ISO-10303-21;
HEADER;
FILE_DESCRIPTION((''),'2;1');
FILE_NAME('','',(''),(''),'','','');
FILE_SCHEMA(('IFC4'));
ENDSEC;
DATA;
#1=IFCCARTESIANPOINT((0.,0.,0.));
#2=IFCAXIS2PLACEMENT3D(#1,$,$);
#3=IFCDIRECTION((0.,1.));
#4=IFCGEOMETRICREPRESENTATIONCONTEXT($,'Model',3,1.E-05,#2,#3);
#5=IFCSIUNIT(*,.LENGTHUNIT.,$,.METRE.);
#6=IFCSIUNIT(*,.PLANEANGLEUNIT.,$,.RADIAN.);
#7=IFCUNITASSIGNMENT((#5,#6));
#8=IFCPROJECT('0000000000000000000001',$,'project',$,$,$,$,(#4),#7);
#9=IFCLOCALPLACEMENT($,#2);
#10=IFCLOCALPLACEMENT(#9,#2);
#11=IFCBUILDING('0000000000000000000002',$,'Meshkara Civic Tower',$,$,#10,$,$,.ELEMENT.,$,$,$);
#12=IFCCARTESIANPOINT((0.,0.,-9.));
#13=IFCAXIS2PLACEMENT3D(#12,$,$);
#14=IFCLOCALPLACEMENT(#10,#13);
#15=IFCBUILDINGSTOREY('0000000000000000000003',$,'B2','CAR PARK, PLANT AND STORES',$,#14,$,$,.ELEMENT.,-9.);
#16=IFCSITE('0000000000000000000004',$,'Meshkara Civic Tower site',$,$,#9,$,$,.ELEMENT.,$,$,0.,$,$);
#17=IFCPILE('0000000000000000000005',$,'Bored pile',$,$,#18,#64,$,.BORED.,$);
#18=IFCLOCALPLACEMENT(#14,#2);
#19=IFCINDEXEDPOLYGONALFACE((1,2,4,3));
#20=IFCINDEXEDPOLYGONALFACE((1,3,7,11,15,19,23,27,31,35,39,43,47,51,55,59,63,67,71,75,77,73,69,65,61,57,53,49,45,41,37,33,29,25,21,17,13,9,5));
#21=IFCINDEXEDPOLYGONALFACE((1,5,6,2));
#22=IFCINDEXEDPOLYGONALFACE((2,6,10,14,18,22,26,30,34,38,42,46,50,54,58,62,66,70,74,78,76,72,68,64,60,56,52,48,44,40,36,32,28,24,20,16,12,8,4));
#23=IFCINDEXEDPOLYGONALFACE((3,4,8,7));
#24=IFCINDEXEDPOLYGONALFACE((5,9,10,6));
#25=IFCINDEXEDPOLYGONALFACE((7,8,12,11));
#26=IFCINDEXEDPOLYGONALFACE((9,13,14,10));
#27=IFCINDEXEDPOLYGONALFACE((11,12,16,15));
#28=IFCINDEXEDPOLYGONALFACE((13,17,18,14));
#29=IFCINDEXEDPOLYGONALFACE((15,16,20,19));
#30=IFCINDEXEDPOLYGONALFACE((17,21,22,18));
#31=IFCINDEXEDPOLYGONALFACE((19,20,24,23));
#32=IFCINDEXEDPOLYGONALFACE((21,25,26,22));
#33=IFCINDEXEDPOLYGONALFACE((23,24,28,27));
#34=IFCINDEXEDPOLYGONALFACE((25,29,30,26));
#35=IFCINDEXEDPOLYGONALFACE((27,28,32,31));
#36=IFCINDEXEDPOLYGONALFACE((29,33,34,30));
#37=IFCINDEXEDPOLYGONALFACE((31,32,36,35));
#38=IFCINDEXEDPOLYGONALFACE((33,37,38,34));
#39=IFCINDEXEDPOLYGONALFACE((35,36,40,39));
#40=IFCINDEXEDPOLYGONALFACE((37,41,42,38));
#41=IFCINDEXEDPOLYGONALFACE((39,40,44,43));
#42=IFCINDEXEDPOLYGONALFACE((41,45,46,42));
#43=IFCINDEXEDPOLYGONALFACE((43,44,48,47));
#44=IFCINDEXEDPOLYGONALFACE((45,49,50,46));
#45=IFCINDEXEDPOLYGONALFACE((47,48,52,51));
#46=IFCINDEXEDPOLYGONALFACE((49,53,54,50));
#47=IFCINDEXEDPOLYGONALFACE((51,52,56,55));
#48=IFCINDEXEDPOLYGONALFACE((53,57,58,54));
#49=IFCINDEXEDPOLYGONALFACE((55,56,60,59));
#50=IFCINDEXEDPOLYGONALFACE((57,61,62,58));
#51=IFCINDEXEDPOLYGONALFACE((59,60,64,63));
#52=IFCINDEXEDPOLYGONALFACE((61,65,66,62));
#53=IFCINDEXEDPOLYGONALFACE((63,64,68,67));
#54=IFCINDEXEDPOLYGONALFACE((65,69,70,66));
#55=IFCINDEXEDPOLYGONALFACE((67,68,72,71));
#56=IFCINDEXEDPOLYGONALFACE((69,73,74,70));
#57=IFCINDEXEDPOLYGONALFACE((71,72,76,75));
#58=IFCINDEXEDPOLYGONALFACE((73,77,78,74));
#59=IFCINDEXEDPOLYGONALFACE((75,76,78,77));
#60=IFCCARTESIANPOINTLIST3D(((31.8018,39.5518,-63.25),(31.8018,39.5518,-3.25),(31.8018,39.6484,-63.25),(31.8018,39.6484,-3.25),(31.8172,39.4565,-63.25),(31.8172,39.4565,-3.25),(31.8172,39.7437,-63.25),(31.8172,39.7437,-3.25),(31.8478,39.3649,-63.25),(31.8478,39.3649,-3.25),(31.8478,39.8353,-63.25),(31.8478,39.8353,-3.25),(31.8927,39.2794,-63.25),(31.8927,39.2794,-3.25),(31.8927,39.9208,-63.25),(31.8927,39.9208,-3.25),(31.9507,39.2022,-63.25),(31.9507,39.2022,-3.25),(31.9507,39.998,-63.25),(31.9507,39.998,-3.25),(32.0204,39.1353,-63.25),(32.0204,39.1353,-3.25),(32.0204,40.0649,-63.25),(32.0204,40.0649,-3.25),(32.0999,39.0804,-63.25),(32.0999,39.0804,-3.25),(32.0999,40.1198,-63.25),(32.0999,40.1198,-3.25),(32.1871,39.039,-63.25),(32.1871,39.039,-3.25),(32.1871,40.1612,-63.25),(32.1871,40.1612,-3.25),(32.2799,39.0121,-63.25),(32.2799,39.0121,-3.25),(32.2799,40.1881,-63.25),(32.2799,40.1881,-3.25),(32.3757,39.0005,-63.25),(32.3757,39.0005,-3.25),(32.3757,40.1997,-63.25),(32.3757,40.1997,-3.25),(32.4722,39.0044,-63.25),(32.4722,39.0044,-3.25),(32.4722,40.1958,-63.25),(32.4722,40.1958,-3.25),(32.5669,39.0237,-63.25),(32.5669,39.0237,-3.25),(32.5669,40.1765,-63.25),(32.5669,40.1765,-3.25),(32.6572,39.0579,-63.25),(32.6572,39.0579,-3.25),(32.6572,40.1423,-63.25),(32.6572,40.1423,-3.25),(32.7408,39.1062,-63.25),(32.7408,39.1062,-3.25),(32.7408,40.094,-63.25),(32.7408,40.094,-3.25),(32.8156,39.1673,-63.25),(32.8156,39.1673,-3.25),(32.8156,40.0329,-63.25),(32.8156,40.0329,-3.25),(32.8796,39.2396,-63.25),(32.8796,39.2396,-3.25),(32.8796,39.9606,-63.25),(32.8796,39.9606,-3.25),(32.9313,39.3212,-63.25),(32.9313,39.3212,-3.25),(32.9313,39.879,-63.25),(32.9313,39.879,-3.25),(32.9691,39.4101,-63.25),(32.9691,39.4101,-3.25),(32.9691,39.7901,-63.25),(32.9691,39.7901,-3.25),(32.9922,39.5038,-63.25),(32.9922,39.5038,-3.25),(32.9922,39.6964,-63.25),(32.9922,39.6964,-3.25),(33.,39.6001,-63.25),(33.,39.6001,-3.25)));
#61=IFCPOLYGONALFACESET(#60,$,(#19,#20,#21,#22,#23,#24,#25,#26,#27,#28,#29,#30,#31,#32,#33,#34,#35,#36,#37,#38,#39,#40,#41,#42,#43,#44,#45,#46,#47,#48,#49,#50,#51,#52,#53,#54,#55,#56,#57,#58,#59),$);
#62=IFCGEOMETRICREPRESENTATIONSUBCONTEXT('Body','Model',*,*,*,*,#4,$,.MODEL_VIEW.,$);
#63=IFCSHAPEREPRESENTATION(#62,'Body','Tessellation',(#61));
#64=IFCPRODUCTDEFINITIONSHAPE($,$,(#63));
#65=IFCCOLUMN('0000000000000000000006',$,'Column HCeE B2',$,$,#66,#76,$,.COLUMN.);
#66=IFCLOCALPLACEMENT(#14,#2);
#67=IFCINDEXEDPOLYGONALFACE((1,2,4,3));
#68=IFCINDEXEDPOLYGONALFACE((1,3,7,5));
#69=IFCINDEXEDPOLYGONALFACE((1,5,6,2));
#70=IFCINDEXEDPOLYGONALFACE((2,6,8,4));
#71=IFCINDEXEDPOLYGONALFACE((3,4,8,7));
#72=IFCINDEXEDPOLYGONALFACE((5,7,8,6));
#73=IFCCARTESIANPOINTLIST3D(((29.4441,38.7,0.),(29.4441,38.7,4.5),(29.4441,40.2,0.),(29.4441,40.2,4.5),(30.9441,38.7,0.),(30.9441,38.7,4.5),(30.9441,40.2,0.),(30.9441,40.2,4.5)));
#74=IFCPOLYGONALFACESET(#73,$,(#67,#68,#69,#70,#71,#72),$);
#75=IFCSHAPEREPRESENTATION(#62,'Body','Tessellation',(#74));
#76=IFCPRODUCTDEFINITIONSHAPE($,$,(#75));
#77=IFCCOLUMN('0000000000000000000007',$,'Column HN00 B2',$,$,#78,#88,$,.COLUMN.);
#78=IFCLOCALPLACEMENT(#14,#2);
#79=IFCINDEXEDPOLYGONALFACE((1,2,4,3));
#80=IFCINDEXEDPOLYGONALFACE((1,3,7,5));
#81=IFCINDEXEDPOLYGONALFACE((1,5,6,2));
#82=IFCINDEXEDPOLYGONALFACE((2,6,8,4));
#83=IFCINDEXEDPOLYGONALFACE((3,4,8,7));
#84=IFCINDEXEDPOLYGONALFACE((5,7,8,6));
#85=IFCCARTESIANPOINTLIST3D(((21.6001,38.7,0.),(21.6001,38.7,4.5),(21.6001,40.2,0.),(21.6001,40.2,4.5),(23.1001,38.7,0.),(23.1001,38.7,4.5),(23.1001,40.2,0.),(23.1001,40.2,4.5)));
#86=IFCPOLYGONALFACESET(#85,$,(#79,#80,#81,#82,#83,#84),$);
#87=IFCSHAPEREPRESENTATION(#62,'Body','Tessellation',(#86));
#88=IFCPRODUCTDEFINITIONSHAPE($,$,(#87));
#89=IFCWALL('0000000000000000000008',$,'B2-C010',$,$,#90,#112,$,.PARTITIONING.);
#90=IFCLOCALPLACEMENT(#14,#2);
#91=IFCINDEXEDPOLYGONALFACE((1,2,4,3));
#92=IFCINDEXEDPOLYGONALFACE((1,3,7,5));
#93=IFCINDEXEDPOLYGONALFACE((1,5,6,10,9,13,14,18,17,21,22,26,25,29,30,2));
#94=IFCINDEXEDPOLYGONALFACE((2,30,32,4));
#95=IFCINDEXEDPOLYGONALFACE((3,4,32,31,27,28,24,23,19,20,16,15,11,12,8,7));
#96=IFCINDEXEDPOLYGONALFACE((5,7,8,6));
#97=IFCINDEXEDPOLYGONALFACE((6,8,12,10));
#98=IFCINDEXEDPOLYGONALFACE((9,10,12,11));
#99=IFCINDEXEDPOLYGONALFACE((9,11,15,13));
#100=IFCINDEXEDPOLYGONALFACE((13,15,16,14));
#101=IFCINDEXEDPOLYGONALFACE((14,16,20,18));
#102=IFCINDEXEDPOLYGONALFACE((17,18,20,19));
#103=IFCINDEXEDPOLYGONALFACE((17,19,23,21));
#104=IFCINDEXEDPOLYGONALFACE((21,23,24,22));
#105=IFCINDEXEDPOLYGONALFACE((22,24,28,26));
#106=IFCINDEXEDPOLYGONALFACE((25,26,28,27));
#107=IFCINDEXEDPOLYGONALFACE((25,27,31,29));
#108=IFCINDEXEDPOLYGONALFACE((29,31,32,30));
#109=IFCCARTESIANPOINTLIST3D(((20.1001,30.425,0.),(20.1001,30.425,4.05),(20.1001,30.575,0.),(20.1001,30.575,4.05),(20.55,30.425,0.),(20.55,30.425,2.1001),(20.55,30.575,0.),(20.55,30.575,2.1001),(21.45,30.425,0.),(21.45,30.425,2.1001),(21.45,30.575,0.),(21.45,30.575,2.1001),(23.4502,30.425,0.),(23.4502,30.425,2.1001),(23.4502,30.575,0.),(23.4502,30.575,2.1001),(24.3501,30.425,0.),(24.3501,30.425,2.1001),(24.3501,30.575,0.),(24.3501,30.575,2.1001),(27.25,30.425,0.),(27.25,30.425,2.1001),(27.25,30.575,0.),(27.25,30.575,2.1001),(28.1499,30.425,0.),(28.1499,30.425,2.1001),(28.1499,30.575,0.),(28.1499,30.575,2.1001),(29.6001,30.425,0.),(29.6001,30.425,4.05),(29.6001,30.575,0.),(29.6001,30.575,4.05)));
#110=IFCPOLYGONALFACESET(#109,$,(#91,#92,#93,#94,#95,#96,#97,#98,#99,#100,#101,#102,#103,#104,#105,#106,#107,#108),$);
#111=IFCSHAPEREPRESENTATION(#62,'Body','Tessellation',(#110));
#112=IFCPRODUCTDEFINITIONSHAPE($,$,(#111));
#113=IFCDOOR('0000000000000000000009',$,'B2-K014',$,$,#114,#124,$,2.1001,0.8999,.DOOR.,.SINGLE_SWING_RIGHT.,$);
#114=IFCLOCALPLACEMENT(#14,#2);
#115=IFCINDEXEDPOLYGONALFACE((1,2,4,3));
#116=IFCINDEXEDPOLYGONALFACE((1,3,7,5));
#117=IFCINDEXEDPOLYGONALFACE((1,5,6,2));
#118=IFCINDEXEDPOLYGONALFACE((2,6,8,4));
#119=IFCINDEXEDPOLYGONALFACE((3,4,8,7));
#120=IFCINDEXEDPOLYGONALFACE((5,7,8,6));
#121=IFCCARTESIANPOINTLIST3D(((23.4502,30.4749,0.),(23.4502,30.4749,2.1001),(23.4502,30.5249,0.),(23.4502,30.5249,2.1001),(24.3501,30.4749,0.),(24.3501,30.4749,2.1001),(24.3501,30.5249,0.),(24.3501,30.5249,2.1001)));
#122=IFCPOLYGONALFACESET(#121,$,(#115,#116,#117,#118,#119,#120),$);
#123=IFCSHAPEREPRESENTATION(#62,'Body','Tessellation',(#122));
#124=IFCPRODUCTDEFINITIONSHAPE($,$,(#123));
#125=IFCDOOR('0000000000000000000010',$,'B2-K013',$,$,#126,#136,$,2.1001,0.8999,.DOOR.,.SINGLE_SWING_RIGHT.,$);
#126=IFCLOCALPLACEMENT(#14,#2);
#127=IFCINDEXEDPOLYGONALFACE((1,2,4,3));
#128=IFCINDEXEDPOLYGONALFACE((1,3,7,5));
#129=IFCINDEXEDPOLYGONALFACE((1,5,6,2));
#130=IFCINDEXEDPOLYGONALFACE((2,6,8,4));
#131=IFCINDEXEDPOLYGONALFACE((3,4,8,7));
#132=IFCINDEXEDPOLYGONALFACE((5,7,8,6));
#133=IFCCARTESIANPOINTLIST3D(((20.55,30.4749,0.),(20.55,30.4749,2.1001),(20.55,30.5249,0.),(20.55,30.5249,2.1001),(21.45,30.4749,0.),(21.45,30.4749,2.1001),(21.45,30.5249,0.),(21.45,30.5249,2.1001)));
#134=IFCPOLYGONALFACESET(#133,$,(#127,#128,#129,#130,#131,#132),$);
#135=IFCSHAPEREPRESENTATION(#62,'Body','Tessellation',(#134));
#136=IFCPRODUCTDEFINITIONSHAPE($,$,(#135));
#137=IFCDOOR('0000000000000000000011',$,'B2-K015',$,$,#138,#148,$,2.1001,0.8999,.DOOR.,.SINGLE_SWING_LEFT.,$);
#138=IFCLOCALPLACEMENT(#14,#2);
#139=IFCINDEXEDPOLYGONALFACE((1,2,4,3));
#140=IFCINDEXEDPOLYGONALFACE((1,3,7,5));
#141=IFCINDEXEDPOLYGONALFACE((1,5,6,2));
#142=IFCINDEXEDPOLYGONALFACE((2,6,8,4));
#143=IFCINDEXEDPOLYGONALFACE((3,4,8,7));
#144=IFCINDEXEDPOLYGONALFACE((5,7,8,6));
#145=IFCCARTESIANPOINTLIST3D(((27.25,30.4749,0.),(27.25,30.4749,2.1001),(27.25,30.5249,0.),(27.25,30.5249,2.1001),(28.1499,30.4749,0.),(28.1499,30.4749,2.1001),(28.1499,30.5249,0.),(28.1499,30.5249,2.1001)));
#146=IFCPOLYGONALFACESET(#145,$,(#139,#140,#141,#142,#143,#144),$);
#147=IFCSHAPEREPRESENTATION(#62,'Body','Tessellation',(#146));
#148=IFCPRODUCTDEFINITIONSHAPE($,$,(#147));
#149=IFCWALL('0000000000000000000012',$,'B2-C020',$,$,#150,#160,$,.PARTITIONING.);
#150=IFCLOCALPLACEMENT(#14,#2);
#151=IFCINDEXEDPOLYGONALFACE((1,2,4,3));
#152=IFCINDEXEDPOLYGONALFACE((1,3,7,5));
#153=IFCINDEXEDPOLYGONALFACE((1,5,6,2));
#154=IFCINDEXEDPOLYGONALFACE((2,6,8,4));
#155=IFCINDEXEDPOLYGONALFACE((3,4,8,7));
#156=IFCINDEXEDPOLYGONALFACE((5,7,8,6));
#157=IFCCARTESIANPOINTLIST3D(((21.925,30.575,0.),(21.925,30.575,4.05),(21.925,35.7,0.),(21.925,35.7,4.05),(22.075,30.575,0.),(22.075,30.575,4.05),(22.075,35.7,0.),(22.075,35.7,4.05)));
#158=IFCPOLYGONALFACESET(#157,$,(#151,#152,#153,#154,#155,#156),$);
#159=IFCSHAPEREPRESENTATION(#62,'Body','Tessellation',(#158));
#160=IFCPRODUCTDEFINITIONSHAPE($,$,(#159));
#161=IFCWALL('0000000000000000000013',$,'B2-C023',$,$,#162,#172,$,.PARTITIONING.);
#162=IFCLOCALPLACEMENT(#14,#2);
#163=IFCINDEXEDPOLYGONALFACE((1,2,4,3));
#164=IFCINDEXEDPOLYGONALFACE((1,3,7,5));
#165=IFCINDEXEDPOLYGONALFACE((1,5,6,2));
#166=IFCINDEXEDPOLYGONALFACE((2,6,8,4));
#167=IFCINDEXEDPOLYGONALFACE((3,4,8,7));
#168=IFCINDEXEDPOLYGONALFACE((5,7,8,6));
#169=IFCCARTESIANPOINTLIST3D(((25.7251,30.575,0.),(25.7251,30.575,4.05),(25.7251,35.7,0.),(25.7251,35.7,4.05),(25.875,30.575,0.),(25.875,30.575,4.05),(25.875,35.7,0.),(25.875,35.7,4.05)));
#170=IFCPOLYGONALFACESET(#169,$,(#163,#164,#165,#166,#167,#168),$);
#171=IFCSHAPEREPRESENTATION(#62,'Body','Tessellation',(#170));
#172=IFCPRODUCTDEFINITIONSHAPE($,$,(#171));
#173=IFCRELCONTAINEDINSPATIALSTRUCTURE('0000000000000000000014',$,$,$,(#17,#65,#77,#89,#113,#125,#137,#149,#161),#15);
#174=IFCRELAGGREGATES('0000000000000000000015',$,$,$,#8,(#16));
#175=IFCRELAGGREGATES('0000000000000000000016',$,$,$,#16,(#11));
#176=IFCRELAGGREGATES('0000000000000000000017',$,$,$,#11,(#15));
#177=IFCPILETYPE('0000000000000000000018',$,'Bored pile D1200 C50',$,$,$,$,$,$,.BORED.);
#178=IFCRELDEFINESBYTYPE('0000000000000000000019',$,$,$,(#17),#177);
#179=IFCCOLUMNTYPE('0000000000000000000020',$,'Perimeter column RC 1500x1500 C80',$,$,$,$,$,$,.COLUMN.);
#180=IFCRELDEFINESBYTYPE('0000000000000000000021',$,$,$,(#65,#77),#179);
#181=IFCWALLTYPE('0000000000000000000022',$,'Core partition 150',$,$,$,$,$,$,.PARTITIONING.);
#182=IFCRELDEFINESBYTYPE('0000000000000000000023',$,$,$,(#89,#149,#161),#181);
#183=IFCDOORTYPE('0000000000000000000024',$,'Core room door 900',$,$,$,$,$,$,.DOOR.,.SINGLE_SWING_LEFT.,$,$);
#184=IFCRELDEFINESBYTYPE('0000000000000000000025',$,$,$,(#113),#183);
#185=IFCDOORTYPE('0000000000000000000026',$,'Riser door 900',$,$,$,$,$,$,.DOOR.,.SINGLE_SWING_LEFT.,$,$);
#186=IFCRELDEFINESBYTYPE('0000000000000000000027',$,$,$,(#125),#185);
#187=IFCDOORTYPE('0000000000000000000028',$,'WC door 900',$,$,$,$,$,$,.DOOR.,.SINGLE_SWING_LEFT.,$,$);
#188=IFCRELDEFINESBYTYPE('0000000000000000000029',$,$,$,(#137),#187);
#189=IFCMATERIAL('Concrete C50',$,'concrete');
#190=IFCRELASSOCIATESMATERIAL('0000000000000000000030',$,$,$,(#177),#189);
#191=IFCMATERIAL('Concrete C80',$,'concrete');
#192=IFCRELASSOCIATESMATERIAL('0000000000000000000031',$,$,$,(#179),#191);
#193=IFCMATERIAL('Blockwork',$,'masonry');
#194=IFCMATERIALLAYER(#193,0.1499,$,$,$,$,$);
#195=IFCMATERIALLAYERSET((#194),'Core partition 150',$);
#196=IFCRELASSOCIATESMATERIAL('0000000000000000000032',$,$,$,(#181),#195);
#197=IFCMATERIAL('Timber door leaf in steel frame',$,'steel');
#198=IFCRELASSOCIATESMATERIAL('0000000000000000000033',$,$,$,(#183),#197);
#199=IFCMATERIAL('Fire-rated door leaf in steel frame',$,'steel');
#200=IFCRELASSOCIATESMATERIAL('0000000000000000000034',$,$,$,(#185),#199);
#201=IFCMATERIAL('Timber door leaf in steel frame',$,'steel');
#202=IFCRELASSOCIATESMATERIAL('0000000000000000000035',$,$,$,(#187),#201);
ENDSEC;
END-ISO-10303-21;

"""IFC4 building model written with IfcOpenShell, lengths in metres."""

from ifc_helpers import new_model, si_unit, direction, frame, frame_2d, origin, origin_2d, place, context, subcontext, project, spatial, rectangle, circle, extrude, material, layer, layer_set, material_profile, profile_set, type_object, element, fill, save


model = new_model("IFC4")

# Units and contexts
model_context = context("Model", 3, precision=1e-05, world=origin(), true_north=direction((0.0, 1.0)))
body_context = subcontext(model_context, "Body", "Model", "MODEL_VIEW")
ifc_project = project(units=[si_unit("LENGTHUNIT", "METRE"), si_unit("PLANEANGLEUNIT", "RADIAN")], contexts=[model_context])

# Site, building, storey
site_placement = place(None, origin())
site = spatial("IfcSite", under=ifc_project, at=site_placement, Name="Meshkara Civic Tower site", CompositionType="ELEMENT", RefElevation=0.0)
building_placement = place(site_placement, origin())
building = spatial("IfcBuilding", under=site, at=building_placement, Name="Meshkara Civic Tower", CompositionType="ELEMENT")
storey_placement = place(building_placement, frame((0.0, 0.0, -9.0)))
storey = spatial("IfcBuildingStorey", under=building, at=storey_placement, Name="B2", Description="CAR PARK, PLANT AND STORES", CompositionType="ELEMENT", Elevation=-9.0)

# Pile
ifc_material_1 = material(Name="Concrete C50", Category="concrete")
ifc_material_profile_1 = material_profile(ifc_material_1, circle(Radius=0.6001, at=origin_2d()))
ifc_profile_set_1 = profile_set([ifc_material_profile_1], Name="Concrete C50")
pile_type = type_object("IfcPileType", Name="Bored pile D1200 C50", PredefinedType="BORED", material=ifc_profile_set_1)
for number, where, z_axis, x_axis, name in (
    (1, (32.3999, 39.6001, -3.25), (0.0, 0.0, -1.0), (1.0, 0.0, 0.0), "Bored pile"),
):
    element("IfcPile", number, at=place(storey_placement, frame(where, z_axis=z_axis, x_axis=x_axis)), inside=storey, type_object=pile_type, Name=name, PredefinedType="BORED", context=body_context, shape_type="SweptSolid", body=[
        extrude(circle(Radius=0.6001, at=origin_2d()), origin(), (0.0, 0.0, 1.0), 60.0),
    ])

# Columns
ifc_material_2 = material(Name="Concrete C80", Category="concrete")
ifc_material_profile_2 = material_profile(ifc_material_2, rectangle(XDim=1.5, YDim=1.5, at=origin_2d()))
ifc_profile_set_2 = profile_set([ifc_material_profile_2], Name="Concrete C80")
column_type = type_object("IfcColumnType", Name="Perimeter column RC 1500x1500 C80", PredefinedType="COLUMN", material=ifc_profile_set_2)
for number, where, z_axis, x_axis, name in (
    (2, (30.1941, 39.45, 0.0), (0.0, 0.0, 1.0), (1.0, 0.0, 0.0), "Column HCeE B2"),
    (3, (22.3501, 39.45, 0.0), (0.0, 0.0, 1.0), (1.0, 0.0, 0.0), "Column HN00 B2"),
):
    element("IfcColumn", number, at=place(storey_placement, frame(where, z_axis=z_axis, x_axis=x_axis)), inside=storey, type_object=column_type, Name=name, PredefinedType="COLUMN", context=body_context, shape_type="SweptSolid", body=[
        extrude(rectangle(XDim=1.5, YDim=1.5, at=origin_2d()), origin(), (0.0, 0.0, 1.0), 4.5),
    ])

# Wall, openings, doors
ifc_material_3 = material(Name="Blockwork", Category="masonry")
ifc_layer_1 = layer(ifc_material_3, 0.1499)
ifc_layer_set_1 = layer_set([ifc_layer_1], Name="Core partition 150")
wall_type_1 = type_object("IfcWallType", Name="Core partition 150", PredefinedType="PARTITIONING", material=ifc_layer_set_1)
wall_1_placement = place(storey_placement, frame((20.1001, 30.5, 0.0), z_axis=(0.0, 0.0, 1.0), x_axis=(1.0, 0.0, 0.0)))
wall_1 = element("IfcWall", 4, at=wall_1_placement, inside=storey, type_object=wall_type_1, Name="B2-C010", PredefinedType="PARTITIONING", context=body_context, shape_type="SweptSolid", body=[
    extrude(rectangle(XDim=9.5, YDim=0.1499, at=frame_2d((4.75, 0.0))), origin(), (0.0, 0.0, 1.0), 4.05),
])
opening_1_placement = place(wall_1_placement, frame((0.45, 0.0, 0.0)))
opening_1 = element("IfcOpeningElement", 5, at=opening_1_placement, cuts=wall_1, PredefinedType="OPENING", context=body_context, shape_type="SweptSolid", body=[
    extrude(rectangle(XDim=0.8999, YDim=2.1001, at=frame_2d((0.45, 1.05))), frame((0.0, 0.085, 0.0), z_axis=(0.0, -1.0, 0.0), x_axis=(1.0, 0.0, 0.0)), (0.0, 0.0, 1.0), 0.1699),
])
opening_2_placement = place(wall_1_placement, frame((3.3501, 0.0, 0.0)))
opening_2 = element("IfcOpeningElement", 6, at=opening_2_placement, cuts=wall_1, PredefinedType="OPENING", context=body_context, shape_type="SweptSolid", body=[
    extrude(rectangle(XDim=0.8999, YDim=2.1001, at=frame_2d((0.45, 1.05))), frame((0.0, 0.085, 0.0), z_axis=(0.0, -1.0, 0.0), x_axis=(1.0, 0.0, 0.0)), (0.0, 0.0, 1.0), 0.1699),
])
opening_3_placement = place(wall_1_placement, frame((7.1499, 0.0, 0.0)))
opening_3 = element("IfcOpeningElement", 7, at=opening_3_placement, cuts=wall_1, PredefinedType="OPENING", context=body_context, shape_type="SweptSolid", body=[
    extrude(rectangle(XDim=0.8999, YDim=2.1001, at=frame_2d((0.45, 1.05))), frame((0.0, 0.085, 0.0), z_axis=(0.0, -1.0, 0.0), x_axis=(1.0, 0.0, 0.0)), (0.0, 0.0, 1.0), 0.1699),
])
ifc_material_4 = material(Name="Timber door leaf in steel frame", Category="steel")
door_type_1 = type_object("IfcDoorType", Name="Core room door 900", OperationType="SINGLE_SWING_LEFT", PredefinedType="DOOR", material=ifc_material_4)
door_1_placement = place(opening_2_placement, origin())
door_1 = element("IfcDoor", 8, at=door_1_placement, inside=storey, type_object=door_type_1, Name="B2-K014", OperationType="SINGLE_SWING_RIGHT", OverallHeight=2.1001, OverallWidth=0.8999, PredefinedType="DOOR", context=body_context, shape_type="SweptSolid", body=[
    extrude(rectangle(XDim=0.8999, YDim=2.1001, at=frame_2d((0.45, 1.05))), frame((0.0, 0.0249, 0.0), z_axis=(0.0, -1.0, 0.0), x_axis=(1.0, 0.0, 0.0)), (0.0, 0.0, 1.0), 0.05),
])
fill(opening_2, door_1)
ifc_material_5 = material(Name="Fire-rated door leaf in steel frame", Category="steel")
door_type_2 = type_object("IfcDoorType", Name="Riser door 900", OperationType="SINGLE_SWING_LEFT", PredefinedType="DOOR", material=ifc_material_5)
door_2_placement = place(opening_1_placement, origin())
door_2 = element("IfcDoor", 9, at=door_2_placement, inside=storey, type_object=door_type_2, Name="B2-K013", OperationType="SINGLE_SWING_RIGHT", OverallHeight=2.1001, OverallWidth=0.8999, PredefinedType="DOOR", context=body_context, shape_type="SweptSolid", body=[
    extrude(rectangle(XDim=0.8999, YDim=2.1001, at=frame_2d((0.45, 1.05))), frame((0.0, 0.0249, 0.0), z_axis=(0.0, -1.0, 0.0), x_axis=(1.0, 0.0, 0.0)), (0.0, 0.0, 1.0), 0.05),
])
fill(opening_1, door_2)
ifc_material_6 = material(Name="Timber door leaf in steel frame", Category="steel")
door_type_3 = type_object("IfcDoorType", Name="WC door 900", OperationType="SINGLE_SWING_LEFT", PredefinedType="DOOR", material=ifc_material_6)
door_3_placement = place(opening_3_placement, origin())
door_3 = element("IfcDoor", 10, at=door_3_placement, inside=storey, type_object=door_type_3, Name="B2-K015", OperationType="SINGLE_SWING_LEFT", OverallHeight=2.1001, OverallWidth=0.8999, PredefinedType="DOOR", context=body_context, shape_type="SweptSolid", body=[
    extrude(rectangle(XDim=0.8999, YDim=2.1001, at=frame_2d((0.45, 1.05))), frame((0.0, 0.0249, 0.0), z_axis=(0.0, -1.0, 0.0), x_axis=(1.0, 0.0, 0.0)), (0.0, 0.0, 1.0), 0.05),
])
fill(opening_3, door_3)

# Walls
for number, where, z_axis, x_axis, name in (
    (11, (22.0, 30.575, 0.0), (0.0, 0.0, 1.0), (0.0, 1.0, 0.0), "B2-C020"),
    (12, (25.8, 30.575, 0.0), (0.0, 0.0, 1.0), (0.0, 1.0, 0.0), "B2-C023"),
):
    element("IfcWall", number, at=place(storey_placement, frame(where, z_axis=z_axis, x_axis=x_axis)), inside=storey, type_object=wall_type_1, Name=name, PredefinedType="PARTITIONING", context=body_context, shape_type="SweptSolid", body=[
        extrude(rectangle(XDim=5.125, YDim=0.1499, at=frame_2d((2.5625, 0.0))), origin(), (0.0, 0.0, 1.0), 4.05),
    ])

save(model, "model.ifc")
